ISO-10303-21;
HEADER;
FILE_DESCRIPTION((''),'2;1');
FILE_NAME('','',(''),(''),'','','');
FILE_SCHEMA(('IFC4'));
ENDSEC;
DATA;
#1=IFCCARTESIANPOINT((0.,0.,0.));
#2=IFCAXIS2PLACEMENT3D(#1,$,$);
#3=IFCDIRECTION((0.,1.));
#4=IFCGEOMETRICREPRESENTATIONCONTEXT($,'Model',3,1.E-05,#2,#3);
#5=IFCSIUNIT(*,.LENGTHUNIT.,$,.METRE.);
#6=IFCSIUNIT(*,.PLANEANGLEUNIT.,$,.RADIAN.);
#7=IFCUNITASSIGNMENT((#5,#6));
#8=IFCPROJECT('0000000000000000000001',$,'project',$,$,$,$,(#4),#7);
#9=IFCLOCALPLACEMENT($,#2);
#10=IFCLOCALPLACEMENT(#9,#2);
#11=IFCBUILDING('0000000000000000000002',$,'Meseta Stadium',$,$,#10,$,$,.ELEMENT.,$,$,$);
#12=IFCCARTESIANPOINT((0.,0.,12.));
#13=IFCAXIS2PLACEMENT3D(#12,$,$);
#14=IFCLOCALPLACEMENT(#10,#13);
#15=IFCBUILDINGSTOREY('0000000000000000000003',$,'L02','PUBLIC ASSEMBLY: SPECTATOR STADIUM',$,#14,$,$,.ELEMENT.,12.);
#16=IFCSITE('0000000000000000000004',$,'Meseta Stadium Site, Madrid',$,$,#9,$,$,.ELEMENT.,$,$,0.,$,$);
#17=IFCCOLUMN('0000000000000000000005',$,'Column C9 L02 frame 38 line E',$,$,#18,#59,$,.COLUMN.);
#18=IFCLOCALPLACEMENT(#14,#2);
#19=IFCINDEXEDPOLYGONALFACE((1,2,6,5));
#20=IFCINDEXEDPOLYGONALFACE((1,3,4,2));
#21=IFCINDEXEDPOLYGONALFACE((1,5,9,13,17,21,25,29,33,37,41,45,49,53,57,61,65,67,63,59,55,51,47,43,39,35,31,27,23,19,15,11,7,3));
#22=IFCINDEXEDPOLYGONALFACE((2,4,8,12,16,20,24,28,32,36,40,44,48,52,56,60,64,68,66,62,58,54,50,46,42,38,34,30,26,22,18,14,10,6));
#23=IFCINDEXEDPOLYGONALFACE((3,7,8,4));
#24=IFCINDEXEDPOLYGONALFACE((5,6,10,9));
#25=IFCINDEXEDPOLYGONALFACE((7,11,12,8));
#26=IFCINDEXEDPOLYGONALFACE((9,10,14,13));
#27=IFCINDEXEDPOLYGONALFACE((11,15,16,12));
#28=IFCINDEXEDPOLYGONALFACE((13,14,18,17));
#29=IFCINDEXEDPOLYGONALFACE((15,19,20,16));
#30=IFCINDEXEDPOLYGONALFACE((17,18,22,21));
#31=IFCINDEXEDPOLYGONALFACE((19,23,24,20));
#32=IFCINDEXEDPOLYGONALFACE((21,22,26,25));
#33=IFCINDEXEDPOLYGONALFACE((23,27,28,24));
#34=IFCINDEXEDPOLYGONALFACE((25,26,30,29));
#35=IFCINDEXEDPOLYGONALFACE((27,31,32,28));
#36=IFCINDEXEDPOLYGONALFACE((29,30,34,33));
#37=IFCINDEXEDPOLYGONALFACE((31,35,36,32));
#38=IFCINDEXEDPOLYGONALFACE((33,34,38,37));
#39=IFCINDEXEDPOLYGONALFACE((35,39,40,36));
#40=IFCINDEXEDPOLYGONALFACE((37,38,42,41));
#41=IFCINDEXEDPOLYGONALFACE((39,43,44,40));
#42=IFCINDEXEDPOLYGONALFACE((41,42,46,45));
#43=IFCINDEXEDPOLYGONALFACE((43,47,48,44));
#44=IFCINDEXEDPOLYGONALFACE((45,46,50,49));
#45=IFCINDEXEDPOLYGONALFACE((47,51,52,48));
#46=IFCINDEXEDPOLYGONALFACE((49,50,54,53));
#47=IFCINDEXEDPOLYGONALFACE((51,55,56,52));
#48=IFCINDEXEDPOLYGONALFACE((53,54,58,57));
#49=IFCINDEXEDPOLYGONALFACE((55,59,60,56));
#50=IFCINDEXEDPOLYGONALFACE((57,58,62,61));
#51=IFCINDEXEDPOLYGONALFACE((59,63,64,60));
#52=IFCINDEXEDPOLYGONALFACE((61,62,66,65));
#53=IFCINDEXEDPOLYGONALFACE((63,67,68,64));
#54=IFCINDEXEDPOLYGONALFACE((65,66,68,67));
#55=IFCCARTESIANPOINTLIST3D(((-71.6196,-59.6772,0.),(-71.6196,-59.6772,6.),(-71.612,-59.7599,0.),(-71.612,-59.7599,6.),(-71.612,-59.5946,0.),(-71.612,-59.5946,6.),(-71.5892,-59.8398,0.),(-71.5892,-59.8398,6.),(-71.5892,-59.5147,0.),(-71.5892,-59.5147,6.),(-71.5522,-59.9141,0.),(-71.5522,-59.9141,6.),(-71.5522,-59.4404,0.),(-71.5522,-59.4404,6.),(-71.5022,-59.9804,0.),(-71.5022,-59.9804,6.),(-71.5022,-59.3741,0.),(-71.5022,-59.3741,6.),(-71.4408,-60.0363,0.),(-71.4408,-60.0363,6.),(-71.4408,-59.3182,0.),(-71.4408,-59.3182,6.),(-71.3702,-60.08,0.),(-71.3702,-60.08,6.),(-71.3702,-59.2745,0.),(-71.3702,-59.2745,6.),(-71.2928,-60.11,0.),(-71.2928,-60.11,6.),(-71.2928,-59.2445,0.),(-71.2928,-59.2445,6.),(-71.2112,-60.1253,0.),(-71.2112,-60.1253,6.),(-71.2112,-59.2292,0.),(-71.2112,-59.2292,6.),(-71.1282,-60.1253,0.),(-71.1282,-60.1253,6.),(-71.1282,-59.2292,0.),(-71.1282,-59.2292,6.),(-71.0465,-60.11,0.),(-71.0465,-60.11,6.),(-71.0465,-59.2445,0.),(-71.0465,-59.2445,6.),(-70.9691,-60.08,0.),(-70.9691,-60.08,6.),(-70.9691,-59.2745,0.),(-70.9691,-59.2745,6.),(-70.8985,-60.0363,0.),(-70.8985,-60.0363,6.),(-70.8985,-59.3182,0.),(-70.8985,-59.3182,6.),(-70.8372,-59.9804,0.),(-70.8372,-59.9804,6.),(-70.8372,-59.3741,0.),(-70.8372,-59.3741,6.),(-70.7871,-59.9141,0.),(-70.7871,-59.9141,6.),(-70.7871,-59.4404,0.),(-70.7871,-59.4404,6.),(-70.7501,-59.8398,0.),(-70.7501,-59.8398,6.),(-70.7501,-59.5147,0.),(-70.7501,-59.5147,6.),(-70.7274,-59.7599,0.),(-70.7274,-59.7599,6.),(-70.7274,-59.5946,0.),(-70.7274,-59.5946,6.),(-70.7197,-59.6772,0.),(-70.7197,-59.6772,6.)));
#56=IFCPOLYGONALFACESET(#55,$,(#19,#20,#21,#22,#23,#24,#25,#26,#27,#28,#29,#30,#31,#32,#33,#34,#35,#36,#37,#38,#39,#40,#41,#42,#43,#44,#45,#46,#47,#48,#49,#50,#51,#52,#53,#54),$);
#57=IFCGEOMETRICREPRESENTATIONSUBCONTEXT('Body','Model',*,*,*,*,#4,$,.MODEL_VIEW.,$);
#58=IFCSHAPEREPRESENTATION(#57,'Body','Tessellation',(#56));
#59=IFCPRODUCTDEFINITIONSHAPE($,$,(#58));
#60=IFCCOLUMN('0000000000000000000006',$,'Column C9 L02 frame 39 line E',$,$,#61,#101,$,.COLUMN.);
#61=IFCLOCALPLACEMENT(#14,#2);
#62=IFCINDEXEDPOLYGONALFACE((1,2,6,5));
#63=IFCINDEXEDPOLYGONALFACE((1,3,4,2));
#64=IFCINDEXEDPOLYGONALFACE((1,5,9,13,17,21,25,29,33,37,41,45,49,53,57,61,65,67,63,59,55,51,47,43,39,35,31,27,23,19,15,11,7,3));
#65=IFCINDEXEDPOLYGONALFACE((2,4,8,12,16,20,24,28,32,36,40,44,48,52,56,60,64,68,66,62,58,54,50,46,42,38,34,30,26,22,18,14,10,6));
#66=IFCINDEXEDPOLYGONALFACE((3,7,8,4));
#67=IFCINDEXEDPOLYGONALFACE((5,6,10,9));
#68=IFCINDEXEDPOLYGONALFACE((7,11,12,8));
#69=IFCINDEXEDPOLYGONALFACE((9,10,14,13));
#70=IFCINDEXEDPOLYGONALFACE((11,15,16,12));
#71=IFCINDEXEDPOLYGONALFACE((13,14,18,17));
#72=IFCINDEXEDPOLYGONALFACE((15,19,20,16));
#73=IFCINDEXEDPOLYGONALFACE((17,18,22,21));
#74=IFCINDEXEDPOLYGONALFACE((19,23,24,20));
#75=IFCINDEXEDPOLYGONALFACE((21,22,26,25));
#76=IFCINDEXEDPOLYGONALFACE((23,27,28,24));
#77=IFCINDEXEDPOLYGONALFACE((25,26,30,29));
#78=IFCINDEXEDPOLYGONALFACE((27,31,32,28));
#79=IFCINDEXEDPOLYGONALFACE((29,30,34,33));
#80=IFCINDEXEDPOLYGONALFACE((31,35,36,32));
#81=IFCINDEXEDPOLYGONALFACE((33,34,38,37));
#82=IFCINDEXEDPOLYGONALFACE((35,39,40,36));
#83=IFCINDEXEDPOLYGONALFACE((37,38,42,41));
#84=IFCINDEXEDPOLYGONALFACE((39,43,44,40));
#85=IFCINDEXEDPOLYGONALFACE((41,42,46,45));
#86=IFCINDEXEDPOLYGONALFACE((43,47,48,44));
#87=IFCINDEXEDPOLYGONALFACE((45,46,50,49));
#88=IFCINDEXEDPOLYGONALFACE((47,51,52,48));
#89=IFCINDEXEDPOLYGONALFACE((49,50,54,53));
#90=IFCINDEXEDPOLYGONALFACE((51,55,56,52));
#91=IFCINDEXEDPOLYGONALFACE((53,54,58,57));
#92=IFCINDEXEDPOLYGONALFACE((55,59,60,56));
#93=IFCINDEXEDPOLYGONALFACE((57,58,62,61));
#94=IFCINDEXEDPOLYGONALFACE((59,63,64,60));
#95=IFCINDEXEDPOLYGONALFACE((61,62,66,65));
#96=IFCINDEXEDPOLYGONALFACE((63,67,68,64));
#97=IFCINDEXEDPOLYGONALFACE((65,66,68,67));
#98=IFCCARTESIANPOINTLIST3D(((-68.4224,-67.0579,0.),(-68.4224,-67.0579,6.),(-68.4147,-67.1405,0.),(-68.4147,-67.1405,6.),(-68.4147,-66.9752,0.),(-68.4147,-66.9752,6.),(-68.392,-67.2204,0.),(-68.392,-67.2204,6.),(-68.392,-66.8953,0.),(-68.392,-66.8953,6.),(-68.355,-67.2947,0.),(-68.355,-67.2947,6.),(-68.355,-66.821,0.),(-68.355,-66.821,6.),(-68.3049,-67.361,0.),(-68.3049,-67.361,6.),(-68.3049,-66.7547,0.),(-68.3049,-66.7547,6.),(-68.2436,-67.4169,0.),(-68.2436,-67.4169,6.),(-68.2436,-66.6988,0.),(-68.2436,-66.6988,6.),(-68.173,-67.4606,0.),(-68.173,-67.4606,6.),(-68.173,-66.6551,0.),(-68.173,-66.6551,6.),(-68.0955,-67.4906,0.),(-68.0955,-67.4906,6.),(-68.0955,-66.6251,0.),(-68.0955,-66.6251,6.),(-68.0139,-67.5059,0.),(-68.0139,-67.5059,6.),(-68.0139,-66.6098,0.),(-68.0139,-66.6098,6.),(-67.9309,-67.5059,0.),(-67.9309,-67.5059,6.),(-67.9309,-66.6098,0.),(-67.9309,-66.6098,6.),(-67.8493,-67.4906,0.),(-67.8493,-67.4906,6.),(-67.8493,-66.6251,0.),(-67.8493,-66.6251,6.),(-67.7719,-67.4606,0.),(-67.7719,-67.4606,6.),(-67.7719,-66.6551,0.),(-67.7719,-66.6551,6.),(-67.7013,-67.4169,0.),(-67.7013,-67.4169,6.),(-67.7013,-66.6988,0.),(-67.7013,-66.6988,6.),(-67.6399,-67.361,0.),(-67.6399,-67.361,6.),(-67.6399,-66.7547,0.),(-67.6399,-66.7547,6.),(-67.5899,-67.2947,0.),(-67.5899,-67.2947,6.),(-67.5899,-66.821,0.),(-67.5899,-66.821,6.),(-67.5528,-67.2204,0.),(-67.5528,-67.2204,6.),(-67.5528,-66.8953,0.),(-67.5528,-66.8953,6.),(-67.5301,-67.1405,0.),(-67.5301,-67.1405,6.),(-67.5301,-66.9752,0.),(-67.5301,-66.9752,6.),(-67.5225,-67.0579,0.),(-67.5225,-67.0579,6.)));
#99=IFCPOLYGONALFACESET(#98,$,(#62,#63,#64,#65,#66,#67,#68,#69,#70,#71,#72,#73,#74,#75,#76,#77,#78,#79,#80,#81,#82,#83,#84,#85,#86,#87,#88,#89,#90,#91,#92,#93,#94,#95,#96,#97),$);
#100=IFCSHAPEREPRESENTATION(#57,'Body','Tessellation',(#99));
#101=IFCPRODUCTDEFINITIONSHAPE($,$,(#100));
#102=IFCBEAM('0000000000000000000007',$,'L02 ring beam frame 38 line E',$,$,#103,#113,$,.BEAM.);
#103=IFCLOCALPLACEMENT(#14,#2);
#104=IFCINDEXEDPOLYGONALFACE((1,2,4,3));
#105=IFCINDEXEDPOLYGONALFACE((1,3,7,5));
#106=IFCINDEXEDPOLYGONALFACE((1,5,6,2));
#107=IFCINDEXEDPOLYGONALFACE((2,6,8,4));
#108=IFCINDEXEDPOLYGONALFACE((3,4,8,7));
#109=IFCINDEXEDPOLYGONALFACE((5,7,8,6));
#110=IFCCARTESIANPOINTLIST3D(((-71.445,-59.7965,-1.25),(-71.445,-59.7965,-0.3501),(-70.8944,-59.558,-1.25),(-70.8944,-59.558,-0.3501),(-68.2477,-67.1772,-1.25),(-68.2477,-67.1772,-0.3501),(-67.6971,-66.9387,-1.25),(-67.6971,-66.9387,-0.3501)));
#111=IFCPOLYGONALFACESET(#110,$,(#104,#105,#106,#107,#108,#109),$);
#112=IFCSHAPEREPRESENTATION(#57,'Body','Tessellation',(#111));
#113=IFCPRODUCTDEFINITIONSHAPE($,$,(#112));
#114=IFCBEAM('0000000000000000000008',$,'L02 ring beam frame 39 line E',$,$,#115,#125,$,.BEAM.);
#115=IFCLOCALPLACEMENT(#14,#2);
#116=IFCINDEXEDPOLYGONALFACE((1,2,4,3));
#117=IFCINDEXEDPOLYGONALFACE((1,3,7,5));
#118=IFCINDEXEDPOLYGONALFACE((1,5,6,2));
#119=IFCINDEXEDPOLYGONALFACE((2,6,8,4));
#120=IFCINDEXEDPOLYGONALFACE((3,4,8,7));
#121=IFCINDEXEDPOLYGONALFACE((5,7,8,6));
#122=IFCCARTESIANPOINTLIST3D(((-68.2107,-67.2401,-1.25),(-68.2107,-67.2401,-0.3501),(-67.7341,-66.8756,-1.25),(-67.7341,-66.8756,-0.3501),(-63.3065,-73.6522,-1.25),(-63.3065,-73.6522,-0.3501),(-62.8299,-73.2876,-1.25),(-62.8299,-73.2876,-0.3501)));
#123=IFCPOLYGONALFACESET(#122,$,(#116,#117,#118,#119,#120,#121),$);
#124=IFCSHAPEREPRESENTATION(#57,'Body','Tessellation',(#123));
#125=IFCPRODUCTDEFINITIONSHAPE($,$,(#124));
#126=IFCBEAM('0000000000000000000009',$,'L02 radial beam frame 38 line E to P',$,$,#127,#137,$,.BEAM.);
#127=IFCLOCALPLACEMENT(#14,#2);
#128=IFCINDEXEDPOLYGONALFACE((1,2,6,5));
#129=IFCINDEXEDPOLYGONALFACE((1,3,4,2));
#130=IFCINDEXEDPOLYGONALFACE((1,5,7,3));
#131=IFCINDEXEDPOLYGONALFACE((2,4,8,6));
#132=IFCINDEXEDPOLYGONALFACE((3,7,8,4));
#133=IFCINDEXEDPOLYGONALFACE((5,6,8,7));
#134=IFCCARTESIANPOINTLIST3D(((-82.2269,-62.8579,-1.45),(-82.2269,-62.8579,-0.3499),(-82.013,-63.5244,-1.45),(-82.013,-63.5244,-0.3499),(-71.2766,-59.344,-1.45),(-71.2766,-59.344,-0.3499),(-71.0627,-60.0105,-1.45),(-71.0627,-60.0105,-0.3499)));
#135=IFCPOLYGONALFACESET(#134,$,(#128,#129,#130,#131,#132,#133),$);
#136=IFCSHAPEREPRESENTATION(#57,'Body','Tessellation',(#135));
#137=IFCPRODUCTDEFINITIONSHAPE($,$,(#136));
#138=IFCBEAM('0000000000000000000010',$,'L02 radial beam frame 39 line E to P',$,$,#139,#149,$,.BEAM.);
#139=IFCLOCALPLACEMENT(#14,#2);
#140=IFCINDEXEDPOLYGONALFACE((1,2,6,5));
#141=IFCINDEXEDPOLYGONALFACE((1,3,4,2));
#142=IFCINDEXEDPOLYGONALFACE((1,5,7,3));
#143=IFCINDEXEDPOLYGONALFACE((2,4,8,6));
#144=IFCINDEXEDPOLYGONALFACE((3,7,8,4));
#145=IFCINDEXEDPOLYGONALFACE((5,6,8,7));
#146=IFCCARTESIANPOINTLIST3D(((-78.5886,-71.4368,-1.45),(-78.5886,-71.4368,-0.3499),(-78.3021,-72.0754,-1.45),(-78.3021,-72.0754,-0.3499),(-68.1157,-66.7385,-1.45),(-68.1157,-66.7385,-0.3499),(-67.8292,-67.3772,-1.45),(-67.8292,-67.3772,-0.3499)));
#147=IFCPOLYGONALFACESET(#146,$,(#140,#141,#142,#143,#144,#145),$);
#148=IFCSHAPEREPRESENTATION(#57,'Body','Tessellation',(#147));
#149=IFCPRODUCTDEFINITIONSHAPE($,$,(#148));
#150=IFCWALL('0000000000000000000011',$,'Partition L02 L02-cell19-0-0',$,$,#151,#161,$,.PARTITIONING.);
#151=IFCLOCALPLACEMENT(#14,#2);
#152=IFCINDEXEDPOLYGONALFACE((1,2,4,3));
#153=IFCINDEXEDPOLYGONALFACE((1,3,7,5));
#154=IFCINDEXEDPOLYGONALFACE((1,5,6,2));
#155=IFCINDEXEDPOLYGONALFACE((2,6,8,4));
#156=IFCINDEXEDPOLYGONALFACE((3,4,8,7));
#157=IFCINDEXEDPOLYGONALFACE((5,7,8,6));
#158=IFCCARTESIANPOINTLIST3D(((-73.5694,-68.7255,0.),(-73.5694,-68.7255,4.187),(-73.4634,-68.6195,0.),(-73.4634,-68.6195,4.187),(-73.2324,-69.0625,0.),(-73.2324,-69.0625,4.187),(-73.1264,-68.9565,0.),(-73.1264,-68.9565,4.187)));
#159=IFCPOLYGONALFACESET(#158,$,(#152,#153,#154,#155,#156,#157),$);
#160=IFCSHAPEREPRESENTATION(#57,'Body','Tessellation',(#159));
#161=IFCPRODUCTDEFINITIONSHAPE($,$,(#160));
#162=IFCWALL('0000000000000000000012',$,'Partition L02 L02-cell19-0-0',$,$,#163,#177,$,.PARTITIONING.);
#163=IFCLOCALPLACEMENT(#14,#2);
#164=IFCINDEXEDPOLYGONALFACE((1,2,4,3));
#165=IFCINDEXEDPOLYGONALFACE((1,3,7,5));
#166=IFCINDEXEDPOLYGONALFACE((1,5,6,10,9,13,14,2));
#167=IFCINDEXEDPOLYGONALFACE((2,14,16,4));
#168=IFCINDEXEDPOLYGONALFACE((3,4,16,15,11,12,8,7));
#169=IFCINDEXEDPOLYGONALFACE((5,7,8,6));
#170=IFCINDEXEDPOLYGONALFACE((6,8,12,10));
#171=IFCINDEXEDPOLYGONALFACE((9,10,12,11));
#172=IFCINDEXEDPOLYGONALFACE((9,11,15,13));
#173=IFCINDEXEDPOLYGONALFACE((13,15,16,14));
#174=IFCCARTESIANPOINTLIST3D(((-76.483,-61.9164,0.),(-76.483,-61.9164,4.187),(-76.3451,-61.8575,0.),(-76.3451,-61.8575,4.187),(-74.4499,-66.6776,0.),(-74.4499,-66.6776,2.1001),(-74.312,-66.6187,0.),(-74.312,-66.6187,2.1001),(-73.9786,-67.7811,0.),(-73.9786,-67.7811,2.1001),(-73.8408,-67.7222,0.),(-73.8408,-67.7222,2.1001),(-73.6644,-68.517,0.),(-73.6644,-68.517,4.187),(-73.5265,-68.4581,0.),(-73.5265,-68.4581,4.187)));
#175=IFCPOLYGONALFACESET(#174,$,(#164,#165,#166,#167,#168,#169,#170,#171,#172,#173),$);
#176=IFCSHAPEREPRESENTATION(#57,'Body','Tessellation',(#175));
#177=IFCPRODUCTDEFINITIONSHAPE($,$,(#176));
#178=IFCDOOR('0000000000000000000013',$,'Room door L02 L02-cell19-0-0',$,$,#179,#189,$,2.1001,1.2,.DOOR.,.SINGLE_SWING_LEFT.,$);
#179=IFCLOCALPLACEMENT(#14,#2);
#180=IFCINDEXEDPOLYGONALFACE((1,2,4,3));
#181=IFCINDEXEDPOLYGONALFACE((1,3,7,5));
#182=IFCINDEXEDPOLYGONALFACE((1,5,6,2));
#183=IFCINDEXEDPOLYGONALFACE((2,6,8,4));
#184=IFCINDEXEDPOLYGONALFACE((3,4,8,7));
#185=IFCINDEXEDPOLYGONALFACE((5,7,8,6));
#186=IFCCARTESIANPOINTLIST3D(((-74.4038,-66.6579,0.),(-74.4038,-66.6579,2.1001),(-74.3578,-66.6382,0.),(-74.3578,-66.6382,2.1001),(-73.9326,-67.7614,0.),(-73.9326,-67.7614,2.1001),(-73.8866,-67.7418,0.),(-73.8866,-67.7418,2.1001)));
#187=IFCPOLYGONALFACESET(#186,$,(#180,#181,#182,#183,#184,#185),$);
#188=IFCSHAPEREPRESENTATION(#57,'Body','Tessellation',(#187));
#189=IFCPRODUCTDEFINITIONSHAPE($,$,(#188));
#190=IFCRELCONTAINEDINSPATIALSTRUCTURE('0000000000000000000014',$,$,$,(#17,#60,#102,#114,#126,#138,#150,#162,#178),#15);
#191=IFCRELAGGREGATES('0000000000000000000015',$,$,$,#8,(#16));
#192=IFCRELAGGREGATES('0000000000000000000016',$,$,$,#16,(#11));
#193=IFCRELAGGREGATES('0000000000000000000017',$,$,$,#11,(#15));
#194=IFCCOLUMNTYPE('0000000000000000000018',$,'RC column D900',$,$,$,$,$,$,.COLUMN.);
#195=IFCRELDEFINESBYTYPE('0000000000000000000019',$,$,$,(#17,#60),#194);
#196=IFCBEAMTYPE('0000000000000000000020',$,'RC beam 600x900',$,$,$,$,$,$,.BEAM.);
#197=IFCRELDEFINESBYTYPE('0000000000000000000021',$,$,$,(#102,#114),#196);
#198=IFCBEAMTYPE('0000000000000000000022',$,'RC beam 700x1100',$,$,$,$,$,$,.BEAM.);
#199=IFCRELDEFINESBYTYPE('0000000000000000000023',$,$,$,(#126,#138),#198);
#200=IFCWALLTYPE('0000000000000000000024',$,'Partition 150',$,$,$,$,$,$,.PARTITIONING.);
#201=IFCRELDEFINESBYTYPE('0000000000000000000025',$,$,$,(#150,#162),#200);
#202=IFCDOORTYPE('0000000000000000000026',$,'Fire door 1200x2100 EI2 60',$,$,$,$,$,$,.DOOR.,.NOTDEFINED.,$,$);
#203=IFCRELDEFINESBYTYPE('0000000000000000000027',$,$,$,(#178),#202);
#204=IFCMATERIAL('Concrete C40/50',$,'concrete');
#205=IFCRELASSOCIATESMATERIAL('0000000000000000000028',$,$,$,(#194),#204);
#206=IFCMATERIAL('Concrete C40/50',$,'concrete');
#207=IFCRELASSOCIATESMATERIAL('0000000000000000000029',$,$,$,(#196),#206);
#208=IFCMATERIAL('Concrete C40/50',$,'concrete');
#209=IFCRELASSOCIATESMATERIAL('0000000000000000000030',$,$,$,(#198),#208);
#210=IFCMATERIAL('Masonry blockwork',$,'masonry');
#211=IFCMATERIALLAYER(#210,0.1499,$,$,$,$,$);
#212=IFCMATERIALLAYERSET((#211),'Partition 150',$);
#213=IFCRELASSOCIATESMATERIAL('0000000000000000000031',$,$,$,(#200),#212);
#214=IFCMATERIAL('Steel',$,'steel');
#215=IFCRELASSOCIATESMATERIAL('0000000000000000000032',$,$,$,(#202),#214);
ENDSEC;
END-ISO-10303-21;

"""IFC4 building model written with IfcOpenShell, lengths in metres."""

from ifc_helpers import new_model, si_unit, direction, frame, frame_2d, origin, origin_2d, place, context, subcontext, project, spatial, rectangle, circle, extrude, material, layer, layer_set, material_profile, profile_set, type_object, element, fill, save


model = new_model("IFC4")

# Units and contexts
model_context = context("Model", 3, precision=1e-05, world=origin(), true_north=direction((0.0, 1.0)))
body_context = subcontext(model_context, "Body", "Model", "MODEL_VIEW")
ifc_project = project(units=[si_unit("LENGTHUNIT", "METRE"), si_unit("PLANEANGLEUNIT", "RADIAN")], contexts=[model_context])

# Site, building, storey
site_placement = place(None, origin())
site = spatial("IfcSite", under=ifc_project, at=site_placement, Name="Meseta Stadium Site, Madrid", CompositionType="ELEMENT", RefElevation=0.0)
building_placement = place(site_placement, origin())
building = spatial("IfcBuilding", under=site, at=building_placement, Name="Meseta Stadium", CompositionType="ELEMENT")
storey_placement = place(building_placement, frame((0.0, 0.0, 12.0)))
storey = spatial("IfcBuildingStorey", under=building, at=storey_placement, Name="L02", Description="PUBLIC ASSEMBLY: SPECTATOR STADIUM", CompositionType="ELEMENT", Elevation=12.0)

# Columns
ifc_material_1 = material(Name="Concrete C40/50", Category="concrete")
ifc_material_profile_1 = material_profile(ifc_material_1, circle(Radius=0.45, at=origin_2d()), Name="RC D900")
ifc_profile_set_1 = profile_set([ifc_material_profile_1], Name="Concrete C40/50")
column_type = type_object("IfcColumnType", Name="RC column D900", PredefinedType="COLUMN", material=ifc_profile_set_1)
for number, where, z_axis, x_axis, name in (
    (1, (-71.1697, -59.6772, 0.0), (0.0, 0.0, 1.0), (1.0, 0.0, 0.0), "Column C9 L02 frame 38 line E"),
    (2, (-67.9724, -67.0579, 0.0), (0.0, 0.0, 1.0), (1.0, 0.0, 0.0), "Column C9 L02 frame 39 line E"),
):
    element("IfcColumn", number, at=place(storey_placement, frame(where, z_axis=z_axis, x_axis=x_axis)), inside=storey, type_object=column_type, Name=name, PredefinedType="COLUMN", context=body_context, shape_type="SweptSolid", body=[
        extrude(circle(Radius=0.45, at=origin_2d()), origin(), (0.0, 0.0, 1.0), 6.0),
    ])

# Beams
ifc_material_2 = material(Name="Concrete C40/50", Category="concrete")
ifc_material_profile_2 = material_profile(ifc_material_2, rectangle(XDim=0.6001, YDim=0.8999, at=origin_2d()), Name="RC 600x900")
ifc_profile_set_2 = profile_set([ifc_material_profile_2], Name="Concrete C40/50")
beam_type_1 = type_object("IfcBeamType", Name="RC beam 600x900", PredefinedType="BEAM", material=ifc_profile_set_2)
beam_1_placement = place(storey_placement, frame((-71.1697, -59.6772, -0.8), z_axis=(0.397503, -0.917601, 0.0), x_axis=(0.917601, 0.397503, 0.0)))
element("IfcBeam", 3, at=beam_1_placement, inside=storey, type_object=beam_type_1, Name="L02 ring beam frame 38 line E", PredefinedType="BEAM", context=body_context, shape_type="SweptSolid", body=[
    extrude(rectangle(XDim=0.6001, YDim=0.8999, at=origin_2d()), origin(), (0.0, 0.0, 1.0), 8.0435),
])
beam_2_placement = place(storey_placement, frame((-67.9724, -67.0579, -0.8), z_axis=(0.607522, -0.794303, 0.0), x_axis=(0.794303, 0.607522, 0.0)))
element("IfcBeam", 4, at=beam_2_placement, inside=storey, type_object=beam_type_1, Name="L02 ring beam frame 39 line E", PredefinedType="BEAM", context=body_context, shape_type="SweptSolid", body=[
    extrude(rectangle(XDim=0.6001, YDim=0.8999, at=origin_2d()), origin(), (0.0, 0.0, 1.0), 8.0725),
])
ifc_material_3 = material(Name="Concrete C40/50", Category="concrete")
ifc_material_profile_3 = material_profile(ifc_material_3, rectangle(XDim=0.7, YDim=1.1001, at=origin_2d()), Name="RC 700x1100")
ifc_profile_set_3 = profile_set([ifc_material_profile_3], Name="Concrete C40/50")
beam_type_2 = type_object("IfcBeamType", Name="RC beam 700x1100", PredefinedType="BEAM", material=ifc_profile_set_3)
beam_3_placement = place(storey_placement, frame((-71.1697, -59.6772, -0.8999), z_axis=(-0.952175, -0.305553, 0.0), x_axis=(0.305553, -0.952175, 0.0)))
element("IfcBeam", 5, at=beam_3_placement, inside=storey, type_object=beam_type_2, Name="L02 radial beam frame 38 line E to P", PredefinedType="BEAM", context=body_context, shape_type="SweptSolid", body=[
    extrude(rectangle(XDim=0.7, YDim=1.1001, at=origin_2d()), origin(), (0.0, 0.0, 1.0), 11.5002),
])
beam_4_placement = place(storey_placement, frame((-67.9724, -67.0579, -0.8999), z_axis=(-0.912396, -0.409309, 0.0), x_axis=(0.409309, -0.912396, 0.0)))
element("IfcBeam", 6, at=beam_4_placement, inside=storey, type_object=beam_type_2, Name="L02 radial beam frame 39 line E to P", PredefinedType="BEAM", context=body_context, shape_type="SweptSolid", body=[
    extrude(rectangle(XDim=0.7, YDim=1.1001, at=origin_2d()), origin(), (0.0, 0.0, 1.0), 11.4785),
])

# Wall
ifc_material_4 = material(Name="Masonry blockwork", Category="masonry")
ifc_layer = layer(ifc_material_4, 0.1499)
ifc_layer_set = layer_set([ifc_layer], Name="Partition 150")
wall_type = type_object("IfcWallType", Name="Partition 150", PredefinedType="PARTITIONING", material=ifc_layer_set)
wall_1_placement = place(storey_placement, frame((-73.1794, -69.0095, 0.0), z_axis=(0.0, 0.0, 1.0), x_axis=(-0.707107, 0.707107, 0.0)))
element("IfcWall", 7, at=wall_1_placement, inside=storey, type_object=wall_type, Name="Partition L02 L02-cell19-0-0", PredefinedType="PARTITIONING", context=body_context, shape_type="SweptSolid", body=[
    extrude(rectangle(XDim=0.4766, YDim=0.1499, at=frame_2d((0.2383, 0.0))), origin(), (0.0, 0.0, 1.0), 4.187),
])

# Wall, opening, door
wall_2_placement = place(storey_placement, frame((-73.5955, -68.4875, 0.0), z_axis=(0.0, 0.0, 1.0), x_axis=(-0.392716, 0.91966, 0.0)))
wall_2 = element("IfcWall", 8, at=wall_2_placement, inside=storey, type_object=wall_type, Name="Partition L02 L02-cell19-0-0", PredefinedType="PARTITIONING", context=body_context, shape_type="SweptSolid", body=[
    extrude(rectangle(XDim=7.1772, YDim=0.1499, at=frame_2d((3.5886, 0.0))), origin(), (0.0, 0.0, 1.0), 4.187),
])
opening_1_placement = place(wall_2_placement, frame((0.8, 0.0, 0.0)))
opening_1 = element("IfcOpeningElement", 9, at=opening_1_placement, cuts=wall_2, PredefinedType="OPENING", context=body_context, shape_type="SweptSolid", body=[
    extrude(rectangle(XDim=1.2, YDim=2.1001, at=frame_2d((0.6001, 1.05))), frame((0.0, 0.085, 0.0), z_axis=(0.0, -1.0, 0.0), x_axis=(1.0, 0.0, 0.0)), (0.0, 0.0, 1.0), 0.1699),
])
ifc_material_5 = material(Name="Steel", Category="steel")
door_type_1 = type_object("IfcDoorType", Name="Fire door 1200x2100 EI2 60", OperationType="NOTDEFINED", PredefinedType="DOOR", material=ifc_material_5)
door_1_placement = place(opening_1_placement, origin())
door_1 = element("IfcDoor", 10, at=door_1_placement, inside=storey, type_object=door_type_1, Name="Room door L02 L02-cell19-0-0", OperationType="SINGLE_SWING_LEFT", OverallHeight=2.1001, OverallWidth=1.2, PredefinedType="DOOR", context=body_context, shape_type="SweptSolid", body=[
    extrude(rectangle(XDim=1.2, YDim=2.1001, at=frame_2d((0.6001, 1.05))), frame((0.0, 0.0249, 0.0), z_axis=(0.0, -1.0, 0.0), x_axis=(1.0, 0.0, 0.0)), (0.0, 0.0, 1.0), 0.05),
])
fill(opening_1, door_1)

save(model, "model.ifc")
